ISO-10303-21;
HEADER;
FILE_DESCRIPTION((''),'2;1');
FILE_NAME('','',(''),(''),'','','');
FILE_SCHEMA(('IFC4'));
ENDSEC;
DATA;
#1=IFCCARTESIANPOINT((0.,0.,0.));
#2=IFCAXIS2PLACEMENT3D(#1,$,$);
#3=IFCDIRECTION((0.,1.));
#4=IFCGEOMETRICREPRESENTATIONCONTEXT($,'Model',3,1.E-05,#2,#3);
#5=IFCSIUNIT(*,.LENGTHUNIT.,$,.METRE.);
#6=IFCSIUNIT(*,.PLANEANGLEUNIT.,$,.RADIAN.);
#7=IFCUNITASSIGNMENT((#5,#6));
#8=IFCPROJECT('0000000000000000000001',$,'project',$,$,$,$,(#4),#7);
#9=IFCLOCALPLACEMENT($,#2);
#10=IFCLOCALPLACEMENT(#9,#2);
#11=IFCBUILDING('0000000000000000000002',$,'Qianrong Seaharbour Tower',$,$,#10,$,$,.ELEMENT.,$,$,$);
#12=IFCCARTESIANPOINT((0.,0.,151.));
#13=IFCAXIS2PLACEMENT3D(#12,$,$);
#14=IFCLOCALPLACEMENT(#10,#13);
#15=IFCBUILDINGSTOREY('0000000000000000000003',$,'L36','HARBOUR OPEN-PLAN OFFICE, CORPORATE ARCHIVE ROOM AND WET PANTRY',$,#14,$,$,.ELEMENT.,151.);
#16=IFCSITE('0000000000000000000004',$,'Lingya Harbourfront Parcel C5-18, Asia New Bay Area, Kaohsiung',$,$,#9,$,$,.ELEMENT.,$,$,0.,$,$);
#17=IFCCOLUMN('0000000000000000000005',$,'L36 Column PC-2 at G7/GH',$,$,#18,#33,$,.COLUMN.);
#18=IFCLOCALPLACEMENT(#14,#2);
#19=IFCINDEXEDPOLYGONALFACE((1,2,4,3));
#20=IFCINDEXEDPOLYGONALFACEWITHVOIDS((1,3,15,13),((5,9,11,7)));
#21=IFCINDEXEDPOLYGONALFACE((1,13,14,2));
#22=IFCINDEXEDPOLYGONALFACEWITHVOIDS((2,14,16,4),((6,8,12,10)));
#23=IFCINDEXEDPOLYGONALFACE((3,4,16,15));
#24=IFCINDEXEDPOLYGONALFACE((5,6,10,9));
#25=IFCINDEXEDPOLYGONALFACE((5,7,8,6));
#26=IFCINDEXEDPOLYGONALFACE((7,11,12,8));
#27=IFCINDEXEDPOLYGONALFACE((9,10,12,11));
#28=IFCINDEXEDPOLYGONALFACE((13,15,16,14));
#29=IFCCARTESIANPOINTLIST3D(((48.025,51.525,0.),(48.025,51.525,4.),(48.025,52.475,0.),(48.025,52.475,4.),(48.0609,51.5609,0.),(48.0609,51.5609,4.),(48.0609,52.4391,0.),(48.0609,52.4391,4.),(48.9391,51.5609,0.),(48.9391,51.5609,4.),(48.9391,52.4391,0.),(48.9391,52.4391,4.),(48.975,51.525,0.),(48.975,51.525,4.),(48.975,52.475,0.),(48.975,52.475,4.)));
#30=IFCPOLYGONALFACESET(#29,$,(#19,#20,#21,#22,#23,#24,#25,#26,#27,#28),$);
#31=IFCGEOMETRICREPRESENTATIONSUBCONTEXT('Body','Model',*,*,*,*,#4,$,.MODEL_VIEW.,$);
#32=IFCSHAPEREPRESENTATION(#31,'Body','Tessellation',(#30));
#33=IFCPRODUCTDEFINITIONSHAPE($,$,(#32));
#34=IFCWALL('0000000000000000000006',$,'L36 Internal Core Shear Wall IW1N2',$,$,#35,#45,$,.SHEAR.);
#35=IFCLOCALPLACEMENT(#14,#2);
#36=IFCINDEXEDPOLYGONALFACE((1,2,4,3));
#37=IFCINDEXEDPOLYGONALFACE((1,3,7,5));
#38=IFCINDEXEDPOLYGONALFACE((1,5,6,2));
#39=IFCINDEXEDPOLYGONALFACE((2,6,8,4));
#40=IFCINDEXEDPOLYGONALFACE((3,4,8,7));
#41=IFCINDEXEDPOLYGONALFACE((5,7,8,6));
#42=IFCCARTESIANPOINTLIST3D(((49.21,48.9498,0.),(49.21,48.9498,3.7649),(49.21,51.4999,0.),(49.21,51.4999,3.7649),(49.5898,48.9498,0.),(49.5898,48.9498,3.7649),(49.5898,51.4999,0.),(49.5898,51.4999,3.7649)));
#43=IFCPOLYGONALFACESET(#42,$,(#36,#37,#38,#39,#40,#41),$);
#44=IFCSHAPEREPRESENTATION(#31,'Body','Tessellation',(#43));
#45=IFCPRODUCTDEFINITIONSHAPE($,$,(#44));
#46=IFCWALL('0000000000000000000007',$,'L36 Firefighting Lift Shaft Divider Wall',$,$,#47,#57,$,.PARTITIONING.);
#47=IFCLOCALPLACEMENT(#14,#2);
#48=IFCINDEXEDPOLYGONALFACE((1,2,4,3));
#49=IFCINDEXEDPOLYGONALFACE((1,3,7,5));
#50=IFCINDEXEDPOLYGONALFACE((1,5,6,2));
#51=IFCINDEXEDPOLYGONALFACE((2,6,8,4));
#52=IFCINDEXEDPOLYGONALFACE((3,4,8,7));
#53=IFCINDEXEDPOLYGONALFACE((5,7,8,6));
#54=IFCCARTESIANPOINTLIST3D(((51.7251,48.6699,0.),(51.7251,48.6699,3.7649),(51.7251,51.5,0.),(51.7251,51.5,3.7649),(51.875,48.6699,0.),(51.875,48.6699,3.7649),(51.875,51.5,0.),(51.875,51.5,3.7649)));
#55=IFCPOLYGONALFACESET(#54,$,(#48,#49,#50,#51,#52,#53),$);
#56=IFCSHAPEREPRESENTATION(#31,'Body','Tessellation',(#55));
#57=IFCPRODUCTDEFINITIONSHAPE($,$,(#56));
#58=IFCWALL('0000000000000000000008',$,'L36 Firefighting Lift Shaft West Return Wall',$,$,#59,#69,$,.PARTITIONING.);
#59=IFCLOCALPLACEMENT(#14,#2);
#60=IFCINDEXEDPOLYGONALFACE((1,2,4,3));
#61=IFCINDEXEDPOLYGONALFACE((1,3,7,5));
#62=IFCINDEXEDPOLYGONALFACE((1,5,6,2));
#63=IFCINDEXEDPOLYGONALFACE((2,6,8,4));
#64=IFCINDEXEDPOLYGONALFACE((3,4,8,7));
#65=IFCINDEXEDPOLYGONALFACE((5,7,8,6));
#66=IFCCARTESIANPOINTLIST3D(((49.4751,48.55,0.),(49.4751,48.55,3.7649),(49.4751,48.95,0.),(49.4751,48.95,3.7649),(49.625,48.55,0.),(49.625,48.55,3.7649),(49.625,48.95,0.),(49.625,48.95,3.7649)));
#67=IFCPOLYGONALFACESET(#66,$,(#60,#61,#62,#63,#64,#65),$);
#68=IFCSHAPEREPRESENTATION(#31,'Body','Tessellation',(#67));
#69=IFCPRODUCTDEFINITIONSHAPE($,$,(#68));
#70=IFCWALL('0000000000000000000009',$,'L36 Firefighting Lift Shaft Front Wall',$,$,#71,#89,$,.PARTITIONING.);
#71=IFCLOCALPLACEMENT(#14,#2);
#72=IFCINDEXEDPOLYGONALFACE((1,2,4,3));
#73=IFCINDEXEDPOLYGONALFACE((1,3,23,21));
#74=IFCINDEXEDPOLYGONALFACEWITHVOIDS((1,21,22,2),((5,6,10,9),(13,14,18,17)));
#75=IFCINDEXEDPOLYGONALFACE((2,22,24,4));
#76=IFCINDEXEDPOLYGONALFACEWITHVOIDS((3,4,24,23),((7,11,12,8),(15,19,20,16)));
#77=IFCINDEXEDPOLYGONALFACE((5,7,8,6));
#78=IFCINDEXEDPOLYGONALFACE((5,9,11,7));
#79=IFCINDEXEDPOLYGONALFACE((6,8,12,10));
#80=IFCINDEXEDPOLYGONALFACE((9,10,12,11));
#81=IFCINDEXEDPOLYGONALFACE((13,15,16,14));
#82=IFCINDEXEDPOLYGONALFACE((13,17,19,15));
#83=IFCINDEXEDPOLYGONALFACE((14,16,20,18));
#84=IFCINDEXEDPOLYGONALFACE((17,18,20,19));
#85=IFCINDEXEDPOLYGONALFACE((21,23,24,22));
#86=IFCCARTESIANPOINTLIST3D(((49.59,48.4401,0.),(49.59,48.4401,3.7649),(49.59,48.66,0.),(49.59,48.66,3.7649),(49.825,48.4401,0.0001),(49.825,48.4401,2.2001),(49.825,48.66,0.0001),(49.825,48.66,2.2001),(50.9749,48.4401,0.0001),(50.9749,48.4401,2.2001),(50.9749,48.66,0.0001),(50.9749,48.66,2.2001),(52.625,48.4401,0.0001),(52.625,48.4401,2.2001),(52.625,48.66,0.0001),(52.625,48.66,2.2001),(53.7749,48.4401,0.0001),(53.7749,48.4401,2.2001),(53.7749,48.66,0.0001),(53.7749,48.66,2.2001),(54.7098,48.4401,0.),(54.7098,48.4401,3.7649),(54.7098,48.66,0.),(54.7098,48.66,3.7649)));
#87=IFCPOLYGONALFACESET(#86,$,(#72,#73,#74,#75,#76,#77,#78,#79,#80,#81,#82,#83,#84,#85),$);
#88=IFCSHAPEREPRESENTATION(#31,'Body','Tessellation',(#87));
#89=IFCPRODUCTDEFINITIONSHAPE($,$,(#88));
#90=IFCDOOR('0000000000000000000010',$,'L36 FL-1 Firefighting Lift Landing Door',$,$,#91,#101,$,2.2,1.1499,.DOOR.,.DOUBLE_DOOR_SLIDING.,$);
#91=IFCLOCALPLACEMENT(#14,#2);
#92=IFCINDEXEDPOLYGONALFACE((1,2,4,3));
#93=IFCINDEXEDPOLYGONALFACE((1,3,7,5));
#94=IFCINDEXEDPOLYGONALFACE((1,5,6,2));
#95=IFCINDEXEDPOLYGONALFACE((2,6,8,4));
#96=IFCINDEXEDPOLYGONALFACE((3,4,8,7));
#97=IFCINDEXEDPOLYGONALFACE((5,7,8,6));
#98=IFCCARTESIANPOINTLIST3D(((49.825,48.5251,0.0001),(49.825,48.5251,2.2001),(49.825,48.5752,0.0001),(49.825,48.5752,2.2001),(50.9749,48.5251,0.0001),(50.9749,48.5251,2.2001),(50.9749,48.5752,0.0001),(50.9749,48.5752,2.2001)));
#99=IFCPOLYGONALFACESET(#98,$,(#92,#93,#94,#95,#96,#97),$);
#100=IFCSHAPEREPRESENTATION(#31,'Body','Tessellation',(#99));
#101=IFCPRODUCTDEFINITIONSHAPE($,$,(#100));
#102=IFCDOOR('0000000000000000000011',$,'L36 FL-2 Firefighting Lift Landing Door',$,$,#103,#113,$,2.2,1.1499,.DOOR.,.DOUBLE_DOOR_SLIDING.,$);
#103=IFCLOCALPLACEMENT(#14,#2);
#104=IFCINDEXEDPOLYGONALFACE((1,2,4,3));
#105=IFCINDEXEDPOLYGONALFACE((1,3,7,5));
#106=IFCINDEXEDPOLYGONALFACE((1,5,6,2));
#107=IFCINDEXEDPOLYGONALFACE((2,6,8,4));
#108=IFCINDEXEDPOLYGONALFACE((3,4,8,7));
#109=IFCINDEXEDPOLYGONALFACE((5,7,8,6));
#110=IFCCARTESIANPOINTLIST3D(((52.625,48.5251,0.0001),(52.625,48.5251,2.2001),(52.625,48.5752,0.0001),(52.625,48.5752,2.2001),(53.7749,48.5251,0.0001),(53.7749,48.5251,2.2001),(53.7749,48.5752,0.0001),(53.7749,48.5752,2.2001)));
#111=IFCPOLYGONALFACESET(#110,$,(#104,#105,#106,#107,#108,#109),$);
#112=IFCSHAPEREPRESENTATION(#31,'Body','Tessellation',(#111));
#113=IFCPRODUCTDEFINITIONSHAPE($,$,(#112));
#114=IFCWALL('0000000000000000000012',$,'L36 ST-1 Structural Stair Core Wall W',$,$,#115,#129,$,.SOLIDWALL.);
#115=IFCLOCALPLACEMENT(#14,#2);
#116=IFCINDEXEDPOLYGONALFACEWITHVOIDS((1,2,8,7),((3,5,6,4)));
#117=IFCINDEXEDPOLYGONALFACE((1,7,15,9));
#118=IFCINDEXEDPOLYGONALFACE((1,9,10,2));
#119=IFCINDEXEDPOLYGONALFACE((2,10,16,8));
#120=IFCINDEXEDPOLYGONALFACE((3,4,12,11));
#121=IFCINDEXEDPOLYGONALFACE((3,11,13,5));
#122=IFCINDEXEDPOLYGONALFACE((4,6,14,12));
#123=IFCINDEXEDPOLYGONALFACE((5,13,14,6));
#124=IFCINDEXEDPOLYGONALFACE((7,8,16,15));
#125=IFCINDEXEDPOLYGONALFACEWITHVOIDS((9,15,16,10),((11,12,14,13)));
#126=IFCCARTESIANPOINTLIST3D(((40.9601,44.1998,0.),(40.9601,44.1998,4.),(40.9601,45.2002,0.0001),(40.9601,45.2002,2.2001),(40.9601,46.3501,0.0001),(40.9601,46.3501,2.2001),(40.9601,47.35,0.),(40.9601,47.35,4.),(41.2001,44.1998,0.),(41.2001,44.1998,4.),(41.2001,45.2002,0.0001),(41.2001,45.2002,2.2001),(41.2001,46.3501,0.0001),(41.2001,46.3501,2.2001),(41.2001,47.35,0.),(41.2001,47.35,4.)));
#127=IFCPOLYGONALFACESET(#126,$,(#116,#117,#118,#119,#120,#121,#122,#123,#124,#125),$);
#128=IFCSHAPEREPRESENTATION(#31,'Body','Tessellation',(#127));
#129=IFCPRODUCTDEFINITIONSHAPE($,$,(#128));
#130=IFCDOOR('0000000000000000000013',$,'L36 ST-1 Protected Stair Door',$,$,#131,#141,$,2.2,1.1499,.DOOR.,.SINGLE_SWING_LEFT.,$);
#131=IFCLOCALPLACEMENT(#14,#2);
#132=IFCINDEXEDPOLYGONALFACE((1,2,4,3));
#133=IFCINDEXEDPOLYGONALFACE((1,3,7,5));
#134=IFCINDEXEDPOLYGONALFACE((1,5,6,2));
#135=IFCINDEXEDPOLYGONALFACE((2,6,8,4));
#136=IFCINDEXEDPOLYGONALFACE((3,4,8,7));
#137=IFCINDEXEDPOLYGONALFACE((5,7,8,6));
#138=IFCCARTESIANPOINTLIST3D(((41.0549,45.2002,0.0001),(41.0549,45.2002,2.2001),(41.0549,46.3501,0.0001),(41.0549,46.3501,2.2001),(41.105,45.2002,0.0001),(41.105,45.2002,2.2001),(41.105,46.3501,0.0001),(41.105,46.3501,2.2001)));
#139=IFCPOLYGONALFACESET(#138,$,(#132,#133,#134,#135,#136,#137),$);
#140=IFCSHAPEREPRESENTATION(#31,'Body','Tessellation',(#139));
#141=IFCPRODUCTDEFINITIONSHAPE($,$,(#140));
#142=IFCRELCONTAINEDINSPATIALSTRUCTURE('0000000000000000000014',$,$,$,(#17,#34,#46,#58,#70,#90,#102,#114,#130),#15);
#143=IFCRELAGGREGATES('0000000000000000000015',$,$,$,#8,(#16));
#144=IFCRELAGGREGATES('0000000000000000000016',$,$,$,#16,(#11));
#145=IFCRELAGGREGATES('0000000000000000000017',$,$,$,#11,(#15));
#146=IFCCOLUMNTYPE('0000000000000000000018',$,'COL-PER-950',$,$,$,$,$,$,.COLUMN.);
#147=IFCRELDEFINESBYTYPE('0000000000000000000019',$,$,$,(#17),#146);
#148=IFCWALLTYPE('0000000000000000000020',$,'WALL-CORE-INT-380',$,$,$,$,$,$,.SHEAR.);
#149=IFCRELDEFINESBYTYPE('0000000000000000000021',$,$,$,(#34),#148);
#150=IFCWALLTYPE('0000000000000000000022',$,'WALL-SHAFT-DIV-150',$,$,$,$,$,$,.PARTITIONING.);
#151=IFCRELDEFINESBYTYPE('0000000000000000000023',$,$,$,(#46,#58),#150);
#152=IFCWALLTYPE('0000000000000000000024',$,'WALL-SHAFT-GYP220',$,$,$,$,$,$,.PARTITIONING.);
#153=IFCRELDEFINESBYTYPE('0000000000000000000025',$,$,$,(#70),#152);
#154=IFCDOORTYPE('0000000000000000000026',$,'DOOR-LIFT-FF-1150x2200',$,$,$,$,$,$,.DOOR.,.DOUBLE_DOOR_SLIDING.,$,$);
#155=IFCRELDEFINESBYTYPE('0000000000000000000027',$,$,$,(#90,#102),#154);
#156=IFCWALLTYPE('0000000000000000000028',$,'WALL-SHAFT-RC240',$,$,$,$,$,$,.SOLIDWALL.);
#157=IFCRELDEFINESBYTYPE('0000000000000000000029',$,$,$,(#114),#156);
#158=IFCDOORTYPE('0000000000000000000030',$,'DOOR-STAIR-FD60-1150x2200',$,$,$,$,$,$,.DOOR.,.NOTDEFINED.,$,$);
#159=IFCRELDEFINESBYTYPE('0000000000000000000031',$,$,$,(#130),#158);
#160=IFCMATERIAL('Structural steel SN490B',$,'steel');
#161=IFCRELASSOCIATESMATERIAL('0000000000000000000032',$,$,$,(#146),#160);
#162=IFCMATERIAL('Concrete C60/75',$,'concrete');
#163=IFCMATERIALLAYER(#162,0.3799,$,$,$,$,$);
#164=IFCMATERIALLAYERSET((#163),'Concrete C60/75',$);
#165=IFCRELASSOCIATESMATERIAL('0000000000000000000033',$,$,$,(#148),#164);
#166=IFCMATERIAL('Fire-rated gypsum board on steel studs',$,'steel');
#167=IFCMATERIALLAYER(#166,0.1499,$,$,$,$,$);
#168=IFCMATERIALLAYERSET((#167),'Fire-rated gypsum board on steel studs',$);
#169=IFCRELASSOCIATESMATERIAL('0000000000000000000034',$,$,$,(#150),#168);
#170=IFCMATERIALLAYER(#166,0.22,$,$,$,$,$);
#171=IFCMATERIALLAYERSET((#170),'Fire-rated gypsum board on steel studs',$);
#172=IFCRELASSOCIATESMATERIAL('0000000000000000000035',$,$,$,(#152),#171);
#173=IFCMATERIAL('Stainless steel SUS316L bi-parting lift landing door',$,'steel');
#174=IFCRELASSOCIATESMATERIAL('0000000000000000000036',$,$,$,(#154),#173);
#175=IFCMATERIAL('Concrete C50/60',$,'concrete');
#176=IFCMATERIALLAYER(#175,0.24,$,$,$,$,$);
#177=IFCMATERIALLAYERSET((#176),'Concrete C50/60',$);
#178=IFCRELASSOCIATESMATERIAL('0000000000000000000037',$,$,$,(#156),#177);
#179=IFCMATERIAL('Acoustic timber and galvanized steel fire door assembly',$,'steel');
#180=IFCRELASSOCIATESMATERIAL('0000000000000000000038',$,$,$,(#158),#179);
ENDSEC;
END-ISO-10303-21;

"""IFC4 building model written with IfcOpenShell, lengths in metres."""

from ifc_helpers import new_model, si_unit, direction, frame, frame_2d, origin, origin_2d, place, context, subcontext, project, spatial, rectangle, hollow_rectangle, extrude, material, layer, layer_set, material_profile, profile_set, type_object, element, fill, save


model = new_model("IFC4")

# Units and contexts
model_context = context("Model", 3, precision=1e-05, world=origin(), true_north=direction((0.0, 1.0)))
body_context = subcontext(model_context, "Body", "Model", "MODEL_VIEW")
ifc_project = project(units=[si_unit("LENGTHUNIT", "METRE"), si_unit("PLANEANGLEUNIT", "RADIAN")], contexts=[model_context])

# Site, building, storey
site_placement = place(None, origin())
site = spatial("IfcSite", under=ifc_project, at=site_placement, Name="Lingya Harbourfront Parcel C5-18, Asia New Bay Area, Kaohsiung", CompositionType="ELEMENT", RefElevation=0.0)
building_placement = place(site_placement, origin())
building = spatial("IfcBuilding", under=site, at=building_placement, Name="Qianrong Seaharbour Tower", CompositionType="ELEMENT")
storey_placement = place(building_placement, frame((0.0, 0.0, 151.0)))
storey = spatial("IfcBuildingStorey", under=building, at=storey_placement, Name="L36", Description="HARBOUR OPEN-PLAN OFFICE, CORPORATE ARCHIVE ROOM AND WET PANTRY", CompositionType="ELEMENT", Elevation=151.0)

# Column
ifc_material_1 = material(Name="Structural steel SN490B", Category="steel")
ifc_material_profile = material_profile(ifc_material_1, hollow_rectangle(XDim=0.95, YDim=0.95, WallThickness=0.0359, at=origin_2d()), Name="BOX950x950x36")
ifc_profile_set = profile_set([ifc_material_profile], Name="Structural steel SN490B")
column_type = type_object("IfcColumnType", Name="COL-PER-950", PredefinedType="COLUMN", material=ifc_profile_set)
column_placement = place(storey_placement, frame((48.5, 52.0, 0.0), z_axis=(0.0, 0.0, 1.0), x_axis=(1.0, 0.0, 0.0)))
element("IfcColumn", 1, at=column_placement, inside=storey, type_object=column_type, Name="L36 Column PC-2 at G7/GH", PredefinedType="COLUMN", context=body_context, shape_type="SweptSolid", body=[
    extrude(hollow_rectangle(XDim=0.95, YDim=0.95, WallThickness=0.0359, at=origin_2d()), origin(), (0.0, 0.0, 1.0), 4.0),
])

# Walls
ifc_material_2 = material(Name="Concrete C60/75", Category="concrete")
ifc_layer_1 = layer(ifc_material_2, 0.3799)
ifc_layer_set_1 = layer_set([ifc_layer_1], Name="Concrete C60/75")
wall_type_1 = type_object("IfcWallType", Name="WALL-CORE-INT-380", PredefinedType="SHEAR", material=ifc_layer_set_1)
wall_1_placement = place(storey_placement, frame((49.3999, 48.95, 0.0), z_axis=(0.0, 0.0, 1.0), x_axis=(0.0, 1.0, 0.0)))
element("IfcWall", 2, at=wall_1_placement, inside=storey, type_object=wall_type_1, Name="L36 Internal Core Shear Wall IW1N2", PredefinedType="SHEAR", context=body_context, shape_type="SweptSolid", body=[
    extrude(rectangle(XDim=2.55, YDim=0.3799, at=frame_2d((1.2749, 0.0))), origin(), (0.0, 0.0, 1.0), 3.7649),
])
ifc_material_3 = material(Name="Fire-rated gypsum board on steel studs", Category="steel")
ifc_layer_2 = layer(ifc_material_3, 0.1499)
ifc_layer_set_2 = layer_set([ifc_layer_2], Name="Fire-rated gypsum board on steel studs")
wall_type_2 = type_object("IfcWallType", Name="WALL-SHAFT-DIV-150", PredefinedType="PARTITIONING", material=ifc_layer_set_2)
wall_2_placement = place(storey_placement, frame((51.8, 48.6699, 0.0), z_axis=(0.0, 0.0, 1.0), x_axis=(0.0, 1.0, 0.0)))
element("IfcWall", 3, at=wall_2_placement, inside=storey, type_object=wall_type_2, Name="L36 Firefighting Lift Shaft Divider Wall", PredefinedType="PARTITIONING", context=body_context, shape_type="SweptSolid", body=[
    extrude(rectangle(XDim=2.8301, YDim=0.1499, at=frame_2d((1.415, 0.0))), origin(), (0.0, 0.0, 1.0), 3.7649),
])
wall_3_placement = place(storey_placement, frame((49.55, 48.55, 0.0), z_axis=(0.0, 0.0, 1.0), x_axis=(0.0, 1.0, 0.0)))
element("IfcWall", 4, at=wall_3_placement, inside=storey, type_object=wall_type_2, Name="L36 Firefighting Lift Shaft West Return Wall", PredefinedType="PARTITIONING", context=body_context, shape_type="SweptSolid", body=[
    extrude(rectangle(XDim=0.3999, YDim=0.1499, at=frame_2d((0.2, 0.0))), origin(), (0.0, 0.0, 1.0), 3.7649),
])

# Wall, openings, doors
ifc_layer_3 = layer(ifc_material_3, 0.22)
ifc_layer_set_3 = layer_set([ifc_layer_3], Name="Fire-rated gypsum board on steel studs")
wall_type_3 = type_object("IfcWallType", Name="WALL-SHAFT-GYP220", PredefinedType="PARTITIONING", material=ifc_layer_set_3)
wall_4_placement = place(storey_placement, frame((54.71, 48.55, 0.0), z_axis=(0.0, 0.0, 1.0), x_axis=(-1.0, 0.0, 0.0)))
wall_4 = element("IfcWall", 5, at=wall_4_placement, inside=storey, type_object=wall_type_3, Name="L36 Firefighting Lift Shaft Front Wall", PredefinedType="PARTITIONING", context=body_context, shape_type="SweptSolid", body=[
    extrude(rectangle(XDim=5.1199, YDim=0.22, at=frame_2d((2.5601, 0.0))), origin(), (0.0, 0.0, 1.0), 3.7649),
])
opening_1_placement = place(wall_4_placement, frame((3.7351, 0.0, 0.0)))
opening_1 = element("IfcOpeningElement", 6, at=opening_1_placement, cuts=wall_4, PredefinedType="OPENING", context=body_context, shape_type="SweptSolid", body=[
    extrude(rectangle(XDim=1.1499, YDim=2.2, at=frame_2d((0.575, 1.1001))), frame((0.0, 0.1201, 0.0), z_axis=(0.0, -1.0, 0.0), x_axis=(1.0, 0.0, 0.0)), (0.0, 0.0, 1.0), 0.24),
])
opening_2_placement = place(wall_4_placement, frame((0.9351, 0.0, 0.0)))
opening_2 = element("IfcOpeningElement", 7, at=opening_2_placement, cuts=wall_4, PredefinedType="OPENING", context=body_context, shape_type="SweptSolid", body=[
    extrude(rectangle(XDim=1.1499, YDim=2.2, at=frame_2d((0.575, 1.1001))), frame((0.0, 0.1201, 0.0), z_axis=(0.0, -1.0, 0.0), x_axis=(1.0, 0.0, 0.0)), (0.0, 0.0, 1.0), 0.24),
])
ifc_material_4 = material(Name="Stainless steel SUS316L bi-parting lift landing door", Category="steel")
door_type_1 = type_object("IfcDoorType", Name="DOOR-LIFT-FF-1150x2200", OperationType="DOUBLE_DOOR_SLIDING", PredefinedType="DOOR", material=ifc_material_4)
door_1_placement = place(opening_1_placement, origin())
door_1 = element("IfcDoor", 8, at=door_1_placement, inside=storey, type_object=door_type_1, Name="L36 FL-1 Firefighting Lift Landing Door", OperationType="DOUBLE_DOOR_SLIDING", OverallHeight=2.2, OverallWidth=1.1499, PredefinedType="DOOR", context=body_context, shape_type="SweptSolid", body=[
    extrude(rectangle(XDim=1.1499, YDim=2.2, at=frame_2d((0.575, 1.1001))), frame((0.0, 0.0249, 0.0), z_axis=(0.0, -1.0, 0.0), x_axis=(1.0, 0.0, 0.0)), (0.0, 0.0, 1.0), 0.05),
])
fill(opening_1, door_1)
door_2_placement = place(opening_2_placement, origin())
door_2 = element("IfcDoor", 9, at=door_2_placement, inside=storey, type_object=door_type_1, Name="L36 FL-2 Firefighting Lift Landing Door", OperationType="DOUBLE_DOOR_SLIDING", OverallHeight=2.2, OverallWidth=1.1499, PredefinedType="DOOR", context=body_context, shape_type="SweptSolid", body=[
    extrude(rectangle(XDim=1.1499, YDim=2.2, at=frame_2d((0.575, 1.1001))), frame((0.0, 0.0249, 0.0), z_axis=(0.0, -1.0, 0.0), x_axis=(1.0, 0.0, 0.0)), (0.0, 0.0, 1.0), 0.05),
])
fill(opening_2, door_2)

# Wall, opening, door
ifc_material_5 = material(Name="Concrete C50/60", Category="concrete")
ifc_layer_4 = layer(ifc_material_5, 0.24)
ifc_layer_set_4 = layer_set([ifc_layer_4], Name="Concrete C50/60")
wall_type_4 = type_object("IfcWallType", Name="WALL-SHAFT-RC240", PredefinedType="SOLIDWALL", material=ifc_layer_set_4)
wall_5_placement = place(storey_placement, frame((41.0801, 47.3501, 0.0), z_axis=(0.0, 0.0, 1.0), x_axis=(0.0, -1.0, 0.0)))
wall_5 = element("IfcWall", 10, at=wall_5_placement, inside=storey, type_object=wall_type_4, Name="L36 ST-1 Structural Stair Core Wall W", PredefinedType="SOLIDWALL", context=body_context, shape_type="SweptSolid", body=[
    extrude(rectangle(XDim=3.1501, YDim=0.24, at=frame_2d((1.5752, 0.0))), origin(), (0.0, 0.0, 1.0), 4.0),
])
opening_3_placement = place(wall_5_placement, frame((1.0, 0.0, 0.0)))
opening_3 = element("IfcOpeningElement", 11, at=opening_3_placement, cuts=wall_5, PredefinedType="OPENING", context=body_context, shape_type="SweptSolid", body=[
    extrude(rectangle(XDim=1.1499, YDim=2.2, at=frame_2d((0.575, 1.1001))), frame((0.0, 0.1299, 0.0), z_axis=(0.0, -1.0, 0.0), x_axis=(1.0, 0.0, 0.0)), (0.0, 0.0, 1.0), 0.26),
])
ifc_material_6 = material(Name="Acoustic timber and galvanized steel fire door assembly", Category="steel")
door_type_2 = type_object("IfcDoorType", Name="DOOR-STAIR-FD60-1150x2200", OperationType="NOTDEFINED", PredefinedType="DOOR", material=ifc_material_6)
door_3_placement = place(opening_3_placement, origin())
door_3 = element("IfcDoor", 12, at=door_3_placement, inside=storey, type_object=door_type_2, Name="L36 ST-1 Protected Stair Door", OperationType="SINGLE_SWING_LEFT", OverallHeight=2.2, OverallWidth=1.1499, PredefinedType="DOOR", context=body_context, shape_type="SweptSolid", body=[
    extrude(rectangle(XDim=1.1499, YDim=2.2, at=frame_2d((0.575, 1.1001))), frame((0.0, 0.0249, 0.0), z_axis=(0.0, -1.0, 0.0), x_axis=(1.0, 0.0, 0.0)), (0.0, 0.0, 1.0), 0.05),
])
fill(opening_3, door_3)

save(model, "model.ifc")
